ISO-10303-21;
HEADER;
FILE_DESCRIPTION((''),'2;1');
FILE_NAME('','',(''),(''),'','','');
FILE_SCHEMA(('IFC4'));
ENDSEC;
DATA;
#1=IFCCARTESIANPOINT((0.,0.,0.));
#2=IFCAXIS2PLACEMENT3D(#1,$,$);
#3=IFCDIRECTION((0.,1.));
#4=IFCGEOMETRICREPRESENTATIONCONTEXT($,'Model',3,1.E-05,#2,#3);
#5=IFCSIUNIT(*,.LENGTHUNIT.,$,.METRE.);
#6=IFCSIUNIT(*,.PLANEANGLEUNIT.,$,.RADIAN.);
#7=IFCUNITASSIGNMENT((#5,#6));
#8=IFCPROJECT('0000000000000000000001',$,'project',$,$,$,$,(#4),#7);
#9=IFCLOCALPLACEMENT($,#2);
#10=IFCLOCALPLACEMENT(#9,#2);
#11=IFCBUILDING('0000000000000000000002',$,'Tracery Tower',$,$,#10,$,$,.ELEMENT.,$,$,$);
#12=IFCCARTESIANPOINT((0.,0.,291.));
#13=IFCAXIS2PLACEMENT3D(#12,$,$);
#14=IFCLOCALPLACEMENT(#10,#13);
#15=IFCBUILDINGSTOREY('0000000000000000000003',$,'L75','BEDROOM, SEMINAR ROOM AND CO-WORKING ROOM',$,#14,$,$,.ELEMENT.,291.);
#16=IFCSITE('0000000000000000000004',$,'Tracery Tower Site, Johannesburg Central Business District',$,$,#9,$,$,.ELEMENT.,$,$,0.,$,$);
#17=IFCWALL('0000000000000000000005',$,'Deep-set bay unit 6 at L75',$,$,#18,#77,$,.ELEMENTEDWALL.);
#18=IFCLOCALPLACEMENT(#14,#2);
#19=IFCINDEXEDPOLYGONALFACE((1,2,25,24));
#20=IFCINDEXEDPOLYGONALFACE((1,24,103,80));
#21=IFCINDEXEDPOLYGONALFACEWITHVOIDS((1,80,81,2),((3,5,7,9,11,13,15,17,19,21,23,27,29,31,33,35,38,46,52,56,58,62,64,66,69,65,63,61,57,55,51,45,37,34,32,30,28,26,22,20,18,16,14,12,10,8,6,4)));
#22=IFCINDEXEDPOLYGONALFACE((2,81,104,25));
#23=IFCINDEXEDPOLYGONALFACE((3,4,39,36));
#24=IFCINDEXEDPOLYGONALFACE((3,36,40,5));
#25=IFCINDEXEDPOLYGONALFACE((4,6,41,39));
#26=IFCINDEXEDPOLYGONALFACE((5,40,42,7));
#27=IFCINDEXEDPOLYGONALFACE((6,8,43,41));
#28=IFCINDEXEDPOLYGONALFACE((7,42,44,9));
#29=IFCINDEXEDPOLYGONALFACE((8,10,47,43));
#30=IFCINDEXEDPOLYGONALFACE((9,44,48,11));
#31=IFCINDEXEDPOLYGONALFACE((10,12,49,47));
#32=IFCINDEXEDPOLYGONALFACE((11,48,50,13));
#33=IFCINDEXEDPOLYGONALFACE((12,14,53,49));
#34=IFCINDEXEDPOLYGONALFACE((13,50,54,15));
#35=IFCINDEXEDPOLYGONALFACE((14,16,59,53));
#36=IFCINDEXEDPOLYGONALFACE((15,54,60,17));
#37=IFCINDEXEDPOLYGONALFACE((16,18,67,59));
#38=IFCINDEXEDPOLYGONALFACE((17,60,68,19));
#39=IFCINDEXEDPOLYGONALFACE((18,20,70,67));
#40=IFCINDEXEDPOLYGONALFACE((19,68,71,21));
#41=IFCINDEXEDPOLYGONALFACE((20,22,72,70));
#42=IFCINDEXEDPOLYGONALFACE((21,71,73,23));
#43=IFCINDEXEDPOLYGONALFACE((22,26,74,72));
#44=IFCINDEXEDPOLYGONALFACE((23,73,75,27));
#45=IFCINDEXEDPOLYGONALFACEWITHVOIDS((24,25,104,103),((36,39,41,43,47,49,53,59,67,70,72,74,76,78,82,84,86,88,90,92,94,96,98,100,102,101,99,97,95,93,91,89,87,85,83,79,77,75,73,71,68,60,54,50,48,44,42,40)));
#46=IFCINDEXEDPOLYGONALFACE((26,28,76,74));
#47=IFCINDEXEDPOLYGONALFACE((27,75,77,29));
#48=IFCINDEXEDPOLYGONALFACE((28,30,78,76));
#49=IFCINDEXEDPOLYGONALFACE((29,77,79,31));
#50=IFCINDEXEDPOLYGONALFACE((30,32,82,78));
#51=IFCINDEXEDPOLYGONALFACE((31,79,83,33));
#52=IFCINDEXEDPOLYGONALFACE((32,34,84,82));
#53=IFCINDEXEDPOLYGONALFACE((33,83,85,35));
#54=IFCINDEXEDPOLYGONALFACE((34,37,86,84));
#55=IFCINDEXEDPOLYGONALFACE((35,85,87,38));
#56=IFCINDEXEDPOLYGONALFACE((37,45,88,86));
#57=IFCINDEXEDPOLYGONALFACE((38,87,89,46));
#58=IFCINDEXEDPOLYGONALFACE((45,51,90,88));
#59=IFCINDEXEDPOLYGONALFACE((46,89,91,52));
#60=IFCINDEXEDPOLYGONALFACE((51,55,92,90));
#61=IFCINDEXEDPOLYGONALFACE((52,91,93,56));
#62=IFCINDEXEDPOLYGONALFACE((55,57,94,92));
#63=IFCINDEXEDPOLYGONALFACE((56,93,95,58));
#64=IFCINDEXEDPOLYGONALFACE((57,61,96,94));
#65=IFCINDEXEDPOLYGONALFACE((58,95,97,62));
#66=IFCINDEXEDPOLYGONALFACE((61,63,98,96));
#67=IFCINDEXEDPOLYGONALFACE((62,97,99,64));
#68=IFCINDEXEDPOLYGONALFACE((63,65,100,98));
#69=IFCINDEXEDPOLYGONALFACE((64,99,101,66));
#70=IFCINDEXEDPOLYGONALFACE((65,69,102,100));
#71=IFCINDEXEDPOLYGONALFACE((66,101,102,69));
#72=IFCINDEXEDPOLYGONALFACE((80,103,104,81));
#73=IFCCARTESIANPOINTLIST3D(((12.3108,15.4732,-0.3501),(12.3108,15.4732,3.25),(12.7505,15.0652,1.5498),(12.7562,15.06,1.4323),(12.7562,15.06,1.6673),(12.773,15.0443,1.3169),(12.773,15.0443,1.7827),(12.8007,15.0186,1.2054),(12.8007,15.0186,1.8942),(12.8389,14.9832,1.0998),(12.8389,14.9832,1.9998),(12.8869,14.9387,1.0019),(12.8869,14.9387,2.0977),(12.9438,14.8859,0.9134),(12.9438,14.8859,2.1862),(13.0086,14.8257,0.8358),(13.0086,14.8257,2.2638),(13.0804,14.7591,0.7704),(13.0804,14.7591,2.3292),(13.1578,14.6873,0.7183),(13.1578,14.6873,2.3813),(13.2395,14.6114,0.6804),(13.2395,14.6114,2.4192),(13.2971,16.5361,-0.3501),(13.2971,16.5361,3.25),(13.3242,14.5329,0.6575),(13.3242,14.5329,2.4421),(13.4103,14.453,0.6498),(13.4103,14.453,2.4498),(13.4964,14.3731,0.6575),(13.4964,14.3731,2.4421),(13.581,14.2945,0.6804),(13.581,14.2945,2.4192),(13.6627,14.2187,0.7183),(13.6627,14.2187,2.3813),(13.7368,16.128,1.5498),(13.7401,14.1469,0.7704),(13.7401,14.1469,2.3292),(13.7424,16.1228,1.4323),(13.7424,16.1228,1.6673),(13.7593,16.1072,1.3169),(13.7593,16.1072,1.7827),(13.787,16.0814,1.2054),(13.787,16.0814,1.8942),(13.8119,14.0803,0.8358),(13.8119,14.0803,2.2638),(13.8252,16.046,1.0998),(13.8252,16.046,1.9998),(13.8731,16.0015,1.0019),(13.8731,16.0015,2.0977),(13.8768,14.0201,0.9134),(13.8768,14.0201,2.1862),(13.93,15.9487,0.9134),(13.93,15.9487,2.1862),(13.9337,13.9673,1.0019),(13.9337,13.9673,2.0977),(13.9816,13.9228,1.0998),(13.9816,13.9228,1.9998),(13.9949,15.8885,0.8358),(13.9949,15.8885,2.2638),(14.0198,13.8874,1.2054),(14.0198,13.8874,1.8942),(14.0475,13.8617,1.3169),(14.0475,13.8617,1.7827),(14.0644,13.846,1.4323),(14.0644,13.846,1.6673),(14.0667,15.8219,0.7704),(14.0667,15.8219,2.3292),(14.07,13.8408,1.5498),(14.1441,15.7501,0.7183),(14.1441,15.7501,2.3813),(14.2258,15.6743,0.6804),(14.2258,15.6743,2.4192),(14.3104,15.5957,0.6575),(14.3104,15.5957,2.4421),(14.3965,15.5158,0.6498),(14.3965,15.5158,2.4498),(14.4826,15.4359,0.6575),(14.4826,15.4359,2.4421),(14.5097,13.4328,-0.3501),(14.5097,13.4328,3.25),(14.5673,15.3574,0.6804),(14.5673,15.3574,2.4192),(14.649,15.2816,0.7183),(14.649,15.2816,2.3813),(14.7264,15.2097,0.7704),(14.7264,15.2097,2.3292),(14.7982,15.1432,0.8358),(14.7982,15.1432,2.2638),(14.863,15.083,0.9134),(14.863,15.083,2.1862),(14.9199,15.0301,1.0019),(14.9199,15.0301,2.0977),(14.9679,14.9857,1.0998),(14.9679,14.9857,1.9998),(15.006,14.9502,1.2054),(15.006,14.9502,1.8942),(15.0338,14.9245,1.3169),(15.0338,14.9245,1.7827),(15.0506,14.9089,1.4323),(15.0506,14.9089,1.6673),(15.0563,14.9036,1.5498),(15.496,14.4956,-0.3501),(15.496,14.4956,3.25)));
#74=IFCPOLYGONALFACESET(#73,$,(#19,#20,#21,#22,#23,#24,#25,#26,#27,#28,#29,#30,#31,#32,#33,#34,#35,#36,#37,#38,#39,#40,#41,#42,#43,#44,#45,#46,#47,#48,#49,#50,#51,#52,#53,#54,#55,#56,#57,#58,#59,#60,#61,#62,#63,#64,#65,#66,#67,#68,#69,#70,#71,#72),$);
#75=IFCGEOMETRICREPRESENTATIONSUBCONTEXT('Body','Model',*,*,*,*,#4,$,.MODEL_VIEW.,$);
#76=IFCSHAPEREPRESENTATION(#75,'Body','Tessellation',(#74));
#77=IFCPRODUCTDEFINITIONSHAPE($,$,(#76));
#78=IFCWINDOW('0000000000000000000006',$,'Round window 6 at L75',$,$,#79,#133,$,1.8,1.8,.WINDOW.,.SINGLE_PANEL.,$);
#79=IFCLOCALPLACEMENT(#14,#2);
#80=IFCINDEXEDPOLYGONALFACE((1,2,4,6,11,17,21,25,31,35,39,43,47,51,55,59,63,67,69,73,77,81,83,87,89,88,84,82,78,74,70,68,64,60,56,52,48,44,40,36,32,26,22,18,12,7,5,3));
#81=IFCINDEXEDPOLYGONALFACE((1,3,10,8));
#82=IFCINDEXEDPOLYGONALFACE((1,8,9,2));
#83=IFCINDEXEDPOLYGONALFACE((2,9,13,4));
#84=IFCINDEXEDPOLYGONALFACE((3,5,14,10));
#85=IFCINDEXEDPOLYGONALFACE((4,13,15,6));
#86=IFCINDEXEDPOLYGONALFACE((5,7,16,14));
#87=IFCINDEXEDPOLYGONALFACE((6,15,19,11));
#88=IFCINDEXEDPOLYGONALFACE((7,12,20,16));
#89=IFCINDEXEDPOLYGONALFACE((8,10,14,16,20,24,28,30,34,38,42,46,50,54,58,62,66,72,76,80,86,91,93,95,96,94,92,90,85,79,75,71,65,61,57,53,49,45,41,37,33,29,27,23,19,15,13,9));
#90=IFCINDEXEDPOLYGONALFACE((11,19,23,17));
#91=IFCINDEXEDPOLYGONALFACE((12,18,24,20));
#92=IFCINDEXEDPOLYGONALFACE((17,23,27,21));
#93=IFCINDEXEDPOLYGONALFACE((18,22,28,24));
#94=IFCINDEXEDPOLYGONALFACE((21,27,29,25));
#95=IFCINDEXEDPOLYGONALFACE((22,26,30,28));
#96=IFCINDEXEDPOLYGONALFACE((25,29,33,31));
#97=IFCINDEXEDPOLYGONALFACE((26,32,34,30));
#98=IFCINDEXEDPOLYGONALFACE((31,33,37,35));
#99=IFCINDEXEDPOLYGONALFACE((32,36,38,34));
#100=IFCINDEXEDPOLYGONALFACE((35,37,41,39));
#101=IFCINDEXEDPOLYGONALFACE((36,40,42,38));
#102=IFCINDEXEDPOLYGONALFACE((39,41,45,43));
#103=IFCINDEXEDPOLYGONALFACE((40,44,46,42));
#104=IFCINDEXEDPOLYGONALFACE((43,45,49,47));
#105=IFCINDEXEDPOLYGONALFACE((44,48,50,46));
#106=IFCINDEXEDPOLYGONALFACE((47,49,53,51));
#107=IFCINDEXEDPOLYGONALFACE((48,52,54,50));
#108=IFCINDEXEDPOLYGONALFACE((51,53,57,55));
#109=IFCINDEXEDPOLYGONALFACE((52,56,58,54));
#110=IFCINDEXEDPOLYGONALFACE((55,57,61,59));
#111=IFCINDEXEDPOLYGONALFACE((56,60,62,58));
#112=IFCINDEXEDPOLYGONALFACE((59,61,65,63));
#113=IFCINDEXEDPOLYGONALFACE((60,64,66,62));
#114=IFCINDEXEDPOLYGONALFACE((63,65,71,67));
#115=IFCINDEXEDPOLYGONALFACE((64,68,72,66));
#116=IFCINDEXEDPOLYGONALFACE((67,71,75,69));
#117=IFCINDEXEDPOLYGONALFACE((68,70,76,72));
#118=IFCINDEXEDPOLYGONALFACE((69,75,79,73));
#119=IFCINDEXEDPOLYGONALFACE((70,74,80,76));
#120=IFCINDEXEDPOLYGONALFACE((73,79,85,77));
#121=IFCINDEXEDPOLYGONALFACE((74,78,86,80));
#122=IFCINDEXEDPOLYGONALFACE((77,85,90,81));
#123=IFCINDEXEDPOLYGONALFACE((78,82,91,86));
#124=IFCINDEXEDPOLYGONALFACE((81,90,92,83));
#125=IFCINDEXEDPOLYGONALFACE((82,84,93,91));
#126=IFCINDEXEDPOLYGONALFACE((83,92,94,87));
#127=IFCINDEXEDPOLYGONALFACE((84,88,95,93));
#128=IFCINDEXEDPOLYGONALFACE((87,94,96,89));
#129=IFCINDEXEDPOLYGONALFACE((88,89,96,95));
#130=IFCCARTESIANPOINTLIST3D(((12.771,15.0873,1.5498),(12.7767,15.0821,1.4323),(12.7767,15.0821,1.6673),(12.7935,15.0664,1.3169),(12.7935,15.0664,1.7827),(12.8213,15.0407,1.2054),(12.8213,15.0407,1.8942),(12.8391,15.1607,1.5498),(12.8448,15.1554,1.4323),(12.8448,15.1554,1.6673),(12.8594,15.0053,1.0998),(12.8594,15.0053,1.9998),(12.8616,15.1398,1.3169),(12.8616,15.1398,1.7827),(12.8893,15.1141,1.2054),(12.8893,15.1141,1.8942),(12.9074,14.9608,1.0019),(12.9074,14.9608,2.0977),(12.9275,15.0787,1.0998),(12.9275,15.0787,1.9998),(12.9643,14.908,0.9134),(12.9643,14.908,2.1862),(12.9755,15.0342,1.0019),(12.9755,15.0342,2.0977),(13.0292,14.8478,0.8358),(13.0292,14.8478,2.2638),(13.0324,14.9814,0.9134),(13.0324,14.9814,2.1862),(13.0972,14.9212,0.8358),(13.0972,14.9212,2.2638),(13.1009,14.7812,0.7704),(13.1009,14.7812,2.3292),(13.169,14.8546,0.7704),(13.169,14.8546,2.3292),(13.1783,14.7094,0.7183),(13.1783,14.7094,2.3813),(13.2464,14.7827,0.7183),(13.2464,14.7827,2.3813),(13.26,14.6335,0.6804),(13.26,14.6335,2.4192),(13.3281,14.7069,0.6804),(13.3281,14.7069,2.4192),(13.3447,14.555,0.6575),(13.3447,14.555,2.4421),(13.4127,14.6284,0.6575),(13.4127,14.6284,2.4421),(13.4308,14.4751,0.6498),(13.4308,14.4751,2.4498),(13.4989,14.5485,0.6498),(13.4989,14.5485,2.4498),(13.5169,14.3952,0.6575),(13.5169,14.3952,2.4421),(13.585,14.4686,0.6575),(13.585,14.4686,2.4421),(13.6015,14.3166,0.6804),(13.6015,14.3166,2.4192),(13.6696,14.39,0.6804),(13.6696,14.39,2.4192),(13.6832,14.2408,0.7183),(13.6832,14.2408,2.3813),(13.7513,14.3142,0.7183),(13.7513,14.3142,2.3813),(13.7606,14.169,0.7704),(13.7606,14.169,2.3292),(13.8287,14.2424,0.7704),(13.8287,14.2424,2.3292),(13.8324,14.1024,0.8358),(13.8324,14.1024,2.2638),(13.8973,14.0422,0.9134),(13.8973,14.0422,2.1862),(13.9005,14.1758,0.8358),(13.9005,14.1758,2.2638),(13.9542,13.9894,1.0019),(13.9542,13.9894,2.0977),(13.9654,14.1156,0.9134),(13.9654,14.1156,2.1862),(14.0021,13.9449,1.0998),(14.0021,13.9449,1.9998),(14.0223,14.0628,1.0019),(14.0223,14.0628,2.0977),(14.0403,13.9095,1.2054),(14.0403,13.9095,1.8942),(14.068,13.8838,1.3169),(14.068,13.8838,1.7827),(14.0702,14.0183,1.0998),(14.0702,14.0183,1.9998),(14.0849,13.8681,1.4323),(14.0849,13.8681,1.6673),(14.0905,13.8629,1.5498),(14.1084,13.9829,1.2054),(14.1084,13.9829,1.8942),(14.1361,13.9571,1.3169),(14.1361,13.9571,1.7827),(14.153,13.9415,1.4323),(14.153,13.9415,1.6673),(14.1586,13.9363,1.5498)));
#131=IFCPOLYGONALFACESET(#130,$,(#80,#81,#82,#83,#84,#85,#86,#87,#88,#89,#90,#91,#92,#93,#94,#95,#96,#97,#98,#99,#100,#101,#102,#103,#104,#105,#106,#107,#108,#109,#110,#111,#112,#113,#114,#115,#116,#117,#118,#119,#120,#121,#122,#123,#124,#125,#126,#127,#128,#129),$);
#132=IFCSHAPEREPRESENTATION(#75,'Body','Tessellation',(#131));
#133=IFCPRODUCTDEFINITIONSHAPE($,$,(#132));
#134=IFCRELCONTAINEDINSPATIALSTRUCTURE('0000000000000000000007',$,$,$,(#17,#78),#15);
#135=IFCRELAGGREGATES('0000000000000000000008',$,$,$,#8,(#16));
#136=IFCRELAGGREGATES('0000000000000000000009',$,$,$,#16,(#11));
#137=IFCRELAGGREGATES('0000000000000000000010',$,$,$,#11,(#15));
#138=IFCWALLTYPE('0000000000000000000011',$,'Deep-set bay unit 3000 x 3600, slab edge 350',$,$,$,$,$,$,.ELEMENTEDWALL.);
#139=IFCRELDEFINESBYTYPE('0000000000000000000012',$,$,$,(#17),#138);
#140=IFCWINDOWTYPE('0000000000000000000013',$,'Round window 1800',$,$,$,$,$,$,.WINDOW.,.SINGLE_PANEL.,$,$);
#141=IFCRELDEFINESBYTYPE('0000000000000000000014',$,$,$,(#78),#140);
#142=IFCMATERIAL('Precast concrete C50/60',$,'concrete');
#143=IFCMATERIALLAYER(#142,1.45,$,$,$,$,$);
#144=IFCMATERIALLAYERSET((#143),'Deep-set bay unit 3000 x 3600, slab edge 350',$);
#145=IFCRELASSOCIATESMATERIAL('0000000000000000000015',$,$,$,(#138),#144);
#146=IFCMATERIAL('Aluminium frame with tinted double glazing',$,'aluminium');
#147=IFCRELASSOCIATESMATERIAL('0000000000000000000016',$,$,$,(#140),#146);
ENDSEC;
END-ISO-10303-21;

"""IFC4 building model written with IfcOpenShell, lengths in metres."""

from ifc_helpers import new_model, si_unit, direction, frame, frame_2d, origin, origin_2d, place, context, subcontext, project, spatial, rectangle, circle, extrude, material, layer, layer_set, type_object, element, fill, save


model = new_model("IFC4")

# Units and contexts
model_context = context("Model", 3, precision=1e-05, world=origin(), true_north=direction((0.0, 1.0)))
body_context = subcontext(model_context, "Body", "Model", "MODEL_VIEW")
ifc_project = project(units=[si_unit("LENGTHUNIT", "METRE"), si_unit("PLANEANGLEUNIT", "RADIAN")], contexts=[model_context])

# Site, building, storey
site_placement = place(None, origin())
site = spatial("IfcSite", under=ifc_project, at=site_placement, Name="Tracery Tower Site, Johannesburg Central Business District", CompositionType="ELEMENT", RefElevation=0.0)
building_placement = place(site_placement, origin())
building = spatial("IfcBuilding", under=site, at=building_placement, Name="Tracery Tower", CompositionType="ELEMENT")
storey_placement = place(building_placement, frame((0.0, 0.0, 291.0)))
storey = spatial("IfcBuildingStorey", under=building, at=storey_placement, Name="L75", Description="BEDROOM, SEMINAR ROOM AND CO-WORKING ROOM", CompositionType="ELEMENT", Elevation=291.0)

# Wall, opening, window
ifc_material_1 = material(Name="Precast concrete C50/60", Category="concrete")
ifc_layer_1 = layer(ifc_material_1, 1.45)
ifc_layer_set_1 = layer_set([ifc_layer_1], Name="Deep-set bay unit 3000 x 3600, slab edge 350")
wall_type_1 = type_object("IfcWallType", Name="Deep-set bay unit 3000 x 3600, slab edge 350", PredefinedType="ELEMENTEDWALL", material=ifc_layer_set_1)
wall_1_placement = place(storey_placement, frame((15.0029, 13.9641, -0.3501), z_axis=(0.0, 0.0, 1.0), x_axis=(-0.733022, 0.680204, 0.0)))
wall_1 = element("IfcWall", 1, at=wall_1_placement, inside=storey, type_object=wall_type_1, Name="Deep-set bay unit 6 at L75", PredefinedType="ELEMENTEDWALL", context=body_context, shape_type="SweptSolid", body=[
    extrude(rectangle(XDim=2.9998, YDim=1.45, at=frame_2d((1.5, 0.0))), origin(), (0.0, 0.0, 1.0), 3.6001),
])
opening_1_placement = place(wall_1_placement, frame((1.5, 0.0, 1.8999)))
opening_1 = element("IfcOpeningElement", 2, at=opening_1_placement, cuts=wall_1, PredefinedType="OPENING", context=body_context, shape_type="SweptSolid", body=[
    extrude(circle(Radius=0.9, at=origin_2d()), frame((0.0, 0.7349, 0.0), z_axis=(0.0, -1.0, 0.0), x_axis=(1.0, 0.0, 0.0)), (0.0, 0.0, 1.0), 1.47),
])
ifc_material_2 = material(Name="Aluminium frame with tinted double glazing", Category="aluminium")
window_type = type_object("IfcWindowType", Name="Round window 1800", PartitioningType="SINGLE_PANEL", PredefinedType="WINDOW", material=ifc_material_2)
window_1_placement = place(opening_1_placement, origin())
window_1 = element("IfcWindow", 3, at=window_1_placement, inside=storey, type_object=window_type, Name="Round window 6 at L75", OverallHeight=1.8, OverallWidth=1.8, PartitioningType="SINGLE_PANEL", PredefinedType="WINDOW", context=body_context, shape_type="SweptSolid", body=[
    extrude(circle(Radius=0.9, at=origin_2d()), frame((0.0, 0.6948, 0.0), z_axis=(0.0, -1.0, 0.0), x_axis=(1.0, 0.0, 0.0)), (0.0, 0.0, 1.0), 0.1001),
])
fill(opening_1, window_1)

save(model, "model.ifc")
